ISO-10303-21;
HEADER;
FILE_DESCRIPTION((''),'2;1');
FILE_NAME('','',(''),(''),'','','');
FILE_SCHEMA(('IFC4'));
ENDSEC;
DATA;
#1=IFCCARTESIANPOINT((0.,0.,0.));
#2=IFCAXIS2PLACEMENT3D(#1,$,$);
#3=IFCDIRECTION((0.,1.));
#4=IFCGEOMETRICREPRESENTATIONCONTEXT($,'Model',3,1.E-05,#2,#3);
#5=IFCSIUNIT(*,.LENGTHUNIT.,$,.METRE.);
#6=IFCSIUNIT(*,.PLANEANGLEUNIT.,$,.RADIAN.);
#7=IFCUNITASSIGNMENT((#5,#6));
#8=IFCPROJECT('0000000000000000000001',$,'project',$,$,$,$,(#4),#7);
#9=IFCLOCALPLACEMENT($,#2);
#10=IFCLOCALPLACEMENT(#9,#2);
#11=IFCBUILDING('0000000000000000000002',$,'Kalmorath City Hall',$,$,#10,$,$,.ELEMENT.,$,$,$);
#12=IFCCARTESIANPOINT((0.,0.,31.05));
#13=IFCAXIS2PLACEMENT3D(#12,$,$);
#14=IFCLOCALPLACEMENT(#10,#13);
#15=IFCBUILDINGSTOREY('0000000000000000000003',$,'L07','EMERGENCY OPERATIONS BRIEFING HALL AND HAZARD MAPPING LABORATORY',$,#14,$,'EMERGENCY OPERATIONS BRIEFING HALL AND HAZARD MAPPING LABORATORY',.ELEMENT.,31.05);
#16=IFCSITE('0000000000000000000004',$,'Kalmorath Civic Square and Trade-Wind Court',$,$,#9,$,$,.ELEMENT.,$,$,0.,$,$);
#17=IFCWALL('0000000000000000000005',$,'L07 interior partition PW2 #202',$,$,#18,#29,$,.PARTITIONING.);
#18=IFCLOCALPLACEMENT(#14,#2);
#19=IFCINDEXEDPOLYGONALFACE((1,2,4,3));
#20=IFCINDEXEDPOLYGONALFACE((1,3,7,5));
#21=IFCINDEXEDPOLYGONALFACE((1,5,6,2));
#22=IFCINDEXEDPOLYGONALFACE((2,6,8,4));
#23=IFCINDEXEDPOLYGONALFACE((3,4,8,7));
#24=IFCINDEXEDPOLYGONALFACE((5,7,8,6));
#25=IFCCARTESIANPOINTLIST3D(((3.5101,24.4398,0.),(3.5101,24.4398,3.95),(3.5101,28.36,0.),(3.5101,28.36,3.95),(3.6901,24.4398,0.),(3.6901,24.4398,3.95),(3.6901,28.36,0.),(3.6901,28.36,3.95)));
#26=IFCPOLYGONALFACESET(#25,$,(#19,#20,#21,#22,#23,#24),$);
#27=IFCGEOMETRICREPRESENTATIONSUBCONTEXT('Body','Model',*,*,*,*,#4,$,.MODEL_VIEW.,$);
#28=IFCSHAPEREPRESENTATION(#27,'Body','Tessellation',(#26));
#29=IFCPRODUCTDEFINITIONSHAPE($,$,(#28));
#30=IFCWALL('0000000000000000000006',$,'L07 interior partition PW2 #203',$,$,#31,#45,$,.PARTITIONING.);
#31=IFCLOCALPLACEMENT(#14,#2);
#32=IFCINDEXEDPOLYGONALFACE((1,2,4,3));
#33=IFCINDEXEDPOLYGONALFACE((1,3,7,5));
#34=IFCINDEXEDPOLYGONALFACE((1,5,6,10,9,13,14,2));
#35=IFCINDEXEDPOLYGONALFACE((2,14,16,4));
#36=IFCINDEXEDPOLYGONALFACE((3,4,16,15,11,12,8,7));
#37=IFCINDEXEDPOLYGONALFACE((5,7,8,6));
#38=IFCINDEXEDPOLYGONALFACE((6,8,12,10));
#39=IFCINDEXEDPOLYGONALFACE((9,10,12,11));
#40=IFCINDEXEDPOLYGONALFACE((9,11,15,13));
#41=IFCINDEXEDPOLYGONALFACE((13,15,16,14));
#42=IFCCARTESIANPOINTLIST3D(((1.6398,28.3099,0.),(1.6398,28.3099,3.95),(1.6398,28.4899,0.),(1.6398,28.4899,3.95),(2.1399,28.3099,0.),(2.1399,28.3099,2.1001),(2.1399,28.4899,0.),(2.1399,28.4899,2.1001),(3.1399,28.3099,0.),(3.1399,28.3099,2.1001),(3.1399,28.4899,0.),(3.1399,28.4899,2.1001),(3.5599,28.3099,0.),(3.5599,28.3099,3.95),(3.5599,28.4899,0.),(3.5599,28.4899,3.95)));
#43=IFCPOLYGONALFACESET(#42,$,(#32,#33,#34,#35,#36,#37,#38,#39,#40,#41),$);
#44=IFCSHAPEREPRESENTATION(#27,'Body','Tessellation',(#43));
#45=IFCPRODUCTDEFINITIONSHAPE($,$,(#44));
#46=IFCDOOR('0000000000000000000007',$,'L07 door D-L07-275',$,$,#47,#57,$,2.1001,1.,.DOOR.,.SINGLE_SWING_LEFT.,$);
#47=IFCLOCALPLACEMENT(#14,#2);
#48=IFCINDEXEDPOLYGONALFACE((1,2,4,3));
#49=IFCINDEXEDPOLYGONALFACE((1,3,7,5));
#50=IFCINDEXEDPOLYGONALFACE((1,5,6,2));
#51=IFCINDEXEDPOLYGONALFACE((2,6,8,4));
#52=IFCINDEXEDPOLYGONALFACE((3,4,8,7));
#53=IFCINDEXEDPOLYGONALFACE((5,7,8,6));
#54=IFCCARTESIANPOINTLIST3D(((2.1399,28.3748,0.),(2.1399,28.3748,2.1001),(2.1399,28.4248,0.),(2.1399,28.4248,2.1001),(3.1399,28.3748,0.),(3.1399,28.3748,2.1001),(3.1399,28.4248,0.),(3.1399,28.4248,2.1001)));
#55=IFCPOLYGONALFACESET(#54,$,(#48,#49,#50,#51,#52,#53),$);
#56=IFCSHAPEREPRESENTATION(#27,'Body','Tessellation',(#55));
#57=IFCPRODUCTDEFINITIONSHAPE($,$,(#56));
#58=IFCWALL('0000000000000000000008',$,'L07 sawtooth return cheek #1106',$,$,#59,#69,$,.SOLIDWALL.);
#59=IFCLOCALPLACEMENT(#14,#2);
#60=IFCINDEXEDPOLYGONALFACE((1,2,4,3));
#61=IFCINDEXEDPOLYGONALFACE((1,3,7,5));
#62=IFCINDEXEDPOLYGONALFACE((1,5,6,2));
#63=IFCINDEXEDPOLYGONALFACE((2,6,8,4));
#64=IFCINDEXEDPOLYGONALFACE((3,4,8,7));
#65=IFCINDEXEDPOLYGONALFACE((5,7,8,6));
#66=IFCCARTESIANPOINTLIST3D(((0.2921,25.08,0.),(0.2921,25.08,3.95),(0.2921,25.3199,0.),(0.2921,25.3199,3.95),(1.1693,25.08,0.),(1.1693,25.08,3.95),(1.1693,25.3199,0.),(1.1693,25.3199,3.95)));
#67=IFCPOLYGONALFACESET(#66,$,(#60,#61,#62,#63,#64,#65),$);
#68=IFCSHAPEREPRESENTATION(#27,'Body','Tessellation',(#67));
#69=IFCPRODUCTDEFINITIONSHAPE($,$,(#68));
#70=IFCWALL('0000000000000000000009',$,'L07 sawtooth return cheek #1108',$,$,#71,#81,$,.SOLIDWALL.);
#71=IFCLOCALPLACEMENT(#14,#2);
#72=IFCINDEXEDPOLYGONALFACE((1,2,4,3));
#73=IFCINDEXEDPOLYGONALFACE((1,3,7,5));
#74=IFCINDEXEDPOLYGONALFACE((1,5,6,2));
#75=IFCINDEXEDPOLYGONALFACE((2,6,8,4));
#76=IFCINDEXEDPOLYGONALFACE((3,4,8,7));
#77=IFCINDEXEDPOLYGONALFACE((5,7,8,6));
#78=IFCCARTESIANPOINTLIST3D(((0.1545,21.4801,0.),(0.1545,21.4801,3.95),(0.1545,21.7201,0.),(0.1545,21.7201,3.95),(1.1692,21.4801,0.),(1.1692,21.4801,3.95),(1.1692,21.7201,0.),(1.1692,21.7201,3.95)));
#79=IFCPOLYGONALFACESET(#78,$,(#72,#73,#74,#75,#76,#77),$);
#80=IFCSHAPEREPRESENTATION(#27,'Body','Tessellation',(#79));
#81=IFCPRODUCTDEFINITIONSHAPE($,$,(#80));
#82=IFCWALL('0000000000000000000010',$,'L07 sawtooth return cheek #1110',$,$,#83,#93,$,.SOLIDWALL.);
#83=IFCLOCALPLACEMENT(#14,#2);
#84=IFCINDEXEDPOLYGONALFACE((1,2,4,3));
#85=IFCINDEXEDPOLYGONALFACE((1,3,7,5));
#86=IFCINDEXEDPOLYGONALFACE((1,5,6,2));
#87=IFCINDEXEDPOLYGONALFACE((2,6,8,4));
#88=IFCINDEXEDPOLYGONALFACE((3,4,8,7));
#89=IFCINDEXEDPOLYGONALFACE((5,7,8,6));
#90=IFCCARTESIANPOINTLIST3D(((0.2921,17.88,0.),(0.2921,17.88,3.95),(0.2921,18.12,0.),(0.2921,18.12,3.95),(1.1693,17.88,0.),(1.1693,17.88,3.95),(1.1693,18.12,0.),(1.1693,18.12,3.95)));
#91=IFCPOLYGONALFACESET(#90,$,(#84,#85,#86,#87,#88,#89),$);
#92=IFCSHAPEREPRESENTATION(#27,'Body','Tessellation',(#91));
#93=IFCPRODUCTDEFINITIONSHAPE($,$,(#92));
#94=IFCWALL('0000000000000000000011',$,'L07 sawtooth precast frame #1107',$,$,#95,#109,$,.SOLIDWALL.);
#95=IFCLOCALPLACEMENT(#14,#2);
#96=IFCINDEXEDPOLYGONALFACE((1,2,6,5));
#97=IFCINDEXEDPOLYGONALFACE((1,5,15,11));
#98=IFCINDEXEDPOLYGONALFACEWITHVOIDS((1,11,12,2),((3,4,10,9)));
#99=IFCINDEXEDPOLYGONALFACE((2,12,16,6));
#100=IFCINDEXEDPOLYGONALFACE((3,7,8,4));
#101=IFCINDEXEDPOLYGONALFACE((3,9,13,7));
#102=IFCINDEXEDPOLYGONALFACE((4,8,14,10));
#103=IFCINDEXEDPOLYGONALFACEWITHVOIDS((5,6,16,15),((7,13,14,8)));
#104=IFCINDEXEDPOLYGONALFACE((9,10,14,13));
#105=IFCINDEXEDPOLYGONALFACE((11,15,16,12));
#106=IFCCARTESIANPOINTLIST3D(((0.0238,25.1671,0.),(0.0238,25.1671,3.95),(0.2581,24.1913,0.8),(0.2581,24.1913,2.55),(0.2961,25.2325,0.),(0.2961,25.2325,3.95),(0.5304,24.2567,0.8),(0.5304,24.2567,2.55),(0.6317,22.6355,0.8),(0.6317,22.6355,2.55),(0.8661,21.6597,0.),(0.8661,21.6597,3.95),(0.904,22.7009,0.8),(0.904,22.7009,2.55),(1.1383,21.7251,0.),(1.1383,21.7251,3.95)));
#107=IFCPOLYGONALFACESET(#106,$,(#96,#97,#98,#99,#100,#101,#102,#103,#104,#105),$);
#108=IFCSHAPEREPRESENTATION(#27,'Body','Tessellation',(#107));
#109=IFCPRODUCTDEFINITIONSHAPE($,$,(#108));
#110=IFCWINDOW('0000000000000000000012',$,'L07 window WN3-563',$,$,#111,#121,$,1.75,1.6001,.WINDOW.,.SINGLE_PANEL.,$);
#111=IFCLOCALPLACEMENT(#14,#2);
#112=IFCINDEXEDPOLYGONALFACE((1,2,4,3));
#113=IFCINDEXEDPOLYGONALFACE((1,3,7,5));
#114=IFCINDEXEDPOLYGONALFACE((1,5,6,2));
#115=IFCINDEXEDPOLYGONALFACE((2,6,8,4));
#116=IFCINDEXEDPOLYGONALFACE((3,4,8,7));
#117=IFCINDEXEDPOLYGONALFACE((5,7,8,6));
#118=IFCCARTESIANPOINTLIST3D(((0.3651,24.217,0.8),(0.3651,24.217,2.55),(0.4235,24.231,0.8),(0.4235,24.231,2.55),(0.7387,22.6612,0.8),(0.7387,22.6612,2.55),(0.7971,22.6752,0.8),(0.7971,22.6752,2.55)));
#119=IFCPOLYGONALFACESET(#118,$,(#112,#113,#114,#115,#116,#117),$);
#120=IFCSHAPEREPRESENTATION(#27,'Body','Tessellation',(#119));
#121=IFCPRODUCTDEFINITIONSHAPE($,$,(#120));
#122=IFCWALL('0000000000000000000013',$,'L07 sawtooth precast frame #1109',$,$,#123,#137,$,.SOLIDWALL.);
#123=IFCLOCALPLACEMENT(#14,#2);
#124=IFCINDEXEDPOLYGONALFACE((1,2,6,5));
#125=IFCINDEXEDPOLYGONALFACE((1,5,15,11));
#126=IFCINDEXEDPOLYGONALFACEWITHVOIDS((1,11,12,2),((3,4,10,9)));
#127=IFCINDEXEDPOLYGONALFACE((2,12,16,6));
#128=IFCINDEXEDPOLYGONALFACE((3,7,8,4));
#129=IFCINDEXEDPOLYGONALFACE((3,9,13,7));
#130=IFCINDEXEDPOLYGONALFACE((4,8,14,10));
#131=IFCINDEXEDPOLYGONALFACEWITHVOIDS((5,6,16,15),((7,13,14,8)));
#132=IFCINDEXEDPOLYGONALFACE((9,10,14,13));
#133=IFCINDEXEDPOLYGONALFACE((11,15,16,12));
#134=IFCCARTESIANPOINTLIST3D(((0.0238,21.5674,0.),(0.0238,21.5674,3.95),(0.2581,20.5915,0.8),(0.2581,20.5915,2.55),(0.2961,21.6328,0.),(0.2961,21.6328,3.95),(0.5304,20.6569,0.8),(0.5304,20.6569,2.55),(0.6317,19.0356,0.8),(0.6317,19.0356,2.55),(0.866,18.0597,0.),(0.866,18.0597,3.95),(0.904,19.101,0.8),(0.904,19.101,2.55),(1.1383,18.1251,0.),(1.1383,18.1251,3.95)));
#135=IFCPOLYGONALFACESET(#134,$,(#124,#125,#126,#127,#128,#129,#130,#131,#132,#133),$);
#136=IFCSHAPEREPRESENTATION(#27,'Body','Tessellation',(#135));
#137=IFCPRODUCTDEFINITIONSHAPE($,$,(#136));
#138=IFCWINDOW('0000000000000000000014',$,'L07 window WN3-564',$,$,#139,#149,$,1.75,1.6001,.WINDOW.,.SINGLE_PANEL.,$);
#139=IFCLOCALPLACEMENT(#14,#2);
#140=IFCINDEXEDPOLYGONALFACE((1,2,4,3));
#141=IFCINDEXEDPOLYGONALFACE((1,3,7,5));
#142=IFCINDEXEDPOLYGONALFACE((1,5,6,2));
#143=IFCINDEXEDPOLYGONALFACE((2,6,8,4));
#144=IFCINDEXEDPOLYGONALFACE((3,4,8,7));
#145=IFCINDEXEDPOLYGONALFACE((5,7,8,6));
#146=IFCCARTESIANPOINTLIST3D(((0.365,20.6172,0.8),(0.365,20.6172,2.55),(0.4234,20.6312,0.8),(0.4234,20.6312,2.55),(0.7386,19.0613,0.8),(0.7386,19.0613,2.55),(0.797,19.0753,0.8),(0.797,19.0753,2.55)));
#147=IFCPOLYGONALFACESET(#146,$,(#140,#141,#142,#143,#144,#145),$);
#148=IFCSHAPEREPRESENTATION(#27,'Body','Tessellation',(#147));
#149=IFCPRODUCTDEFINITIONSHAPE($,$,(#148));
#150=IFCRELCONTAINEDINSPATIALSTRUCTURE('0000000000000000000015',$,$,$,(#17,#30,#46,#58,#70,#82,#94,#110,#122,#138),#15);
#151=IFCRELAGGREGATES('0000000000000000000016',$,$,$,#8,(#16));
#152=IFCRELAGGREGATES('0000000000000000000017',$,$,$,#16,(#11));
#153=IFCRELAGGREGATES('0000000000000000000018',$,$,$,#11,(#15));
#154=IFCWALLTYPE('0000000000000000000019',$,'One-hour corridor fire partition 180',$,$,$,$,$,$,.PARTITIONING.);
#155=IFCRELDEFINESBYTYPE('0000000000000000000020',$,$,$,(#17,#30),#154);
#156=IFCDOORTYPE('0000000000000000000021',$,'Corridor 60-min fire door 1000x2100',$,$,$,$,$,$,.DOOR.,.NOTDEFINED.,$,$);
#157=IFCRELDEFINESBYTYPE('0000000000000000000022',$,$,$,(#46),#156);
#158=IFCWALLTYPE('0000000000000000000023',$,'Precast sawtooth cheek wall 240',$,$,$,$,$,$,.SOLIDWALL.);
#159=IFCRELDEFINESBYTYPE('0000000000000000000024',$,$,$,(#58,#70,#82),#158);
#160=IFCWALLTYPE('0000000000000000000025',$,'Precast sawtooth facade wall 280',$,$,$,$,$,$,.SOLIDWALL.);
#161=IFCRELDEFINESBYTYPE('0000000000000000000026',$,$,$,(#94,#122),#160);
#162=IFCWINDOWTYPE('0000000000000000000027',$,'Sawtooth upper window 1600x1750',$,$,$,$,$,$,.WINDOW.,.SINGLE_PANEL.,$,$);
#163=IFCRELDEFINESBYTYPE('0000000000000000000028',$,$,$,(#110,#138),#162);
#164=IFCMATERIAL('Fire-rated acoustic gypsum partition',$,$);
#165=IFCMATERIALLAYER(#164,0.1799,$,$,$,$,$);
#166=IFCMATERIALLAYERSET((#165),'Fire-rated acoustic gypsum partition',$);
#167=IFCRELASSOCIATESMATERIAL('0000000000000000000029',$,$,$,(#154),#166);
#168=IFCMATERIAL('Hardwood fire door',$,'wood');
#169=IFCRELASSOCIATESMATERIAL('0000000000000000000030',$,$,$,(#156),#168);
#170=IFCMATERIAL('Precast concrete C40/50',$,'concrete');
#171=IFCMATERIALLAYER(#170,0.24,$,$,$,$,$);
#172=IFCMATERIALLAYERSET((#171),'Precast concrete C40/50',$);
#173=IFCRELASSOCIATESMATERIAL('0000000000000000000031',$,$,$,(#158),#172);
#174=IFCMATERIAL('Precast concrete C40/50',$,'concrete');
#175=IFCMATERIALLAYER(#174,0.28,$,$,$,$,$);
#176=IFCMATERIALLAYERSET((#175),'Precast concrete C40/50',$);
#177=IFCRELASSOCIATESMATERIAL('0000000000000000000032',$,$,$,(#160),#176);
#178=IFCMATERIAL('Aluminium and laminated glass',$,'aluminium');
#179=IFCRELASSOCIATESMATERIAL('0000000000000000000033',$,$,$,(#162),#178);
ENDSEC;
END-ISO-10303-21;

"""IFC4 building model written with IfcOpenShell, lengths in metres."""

from ifc_helpers import new_model, si_unit, direction, frame, frame_2d, origin, place, context, subcontext, project, spatial, rectangle, extrude, material, layer, layer_set, type_object, element, fill, save


model = new_model("IFC4")

# Units and contexts
model_context = context("Model", 3, precision=1e-05, world=origin(), true_north=direction((0.0, 1.0)))
body_context = subcontext(model_context, "Body", "Model", "MODEL_VIEW")
ifc_project = project(units=[si_unit("LENGTHUNIT", "METRE"), si_unit("PLANEANGLEUNIT", "RADIAN")], contexts=[model_context])

# Site, building, storey
site_placement = place(None, origin())
site = spatial("IfcSite", under=ifc_project, at=site_placement, Name="Kalmorath Civic Square and Trade-Wind Court", CompositionType="ELEMENT", RefElevation=0.0)
building_placement = place(site_placement, origin())
building = spatial("IfcBuilding", under=site, at=building_placement, Name="Kalmorath City Hall", CompositionType="ELEMENT")
storey_placement = place(building_placement, frame((0.0, 0.0, 31.05)))
storey = spatial("IfcBuildingStorey", under=building, at=storey_placement, Name="L07", Description="EMERGENCY OPERATIONS BRIEFING HALL AND HAZARD MAPPING LABORATORY", LongName="EMERGENCY OPERATIONS BRIEFING HALL AND HAZARD MAPPING LABORATORY", CompositionType="ELEMENT", Elevation=31.05)

# Wall
ifc_material_1 = material(Name="Fire-rated acoustic gypsum partition")
ifc_layer_1 = layer(ifc_material_1, 0.1799)
ifc_layer_set_1 = layer_set([ifc_layer_1], Name="Fire-rated acoustic gypsum partition")
wall_type_1 = type_object("IfcWallType", Name="One-hour corridor fire partition 180", PredefinedType="PARTITIONING", material=ifc_layer_set_1)
wall_1_placement = place(storey_placement, frame((3.6001, 24.4399, 0.0), z_axis=(0.0, 0.0, 1.0), x_axis=(0.0, 1.0, 0.0)))
element("IfcWall", 1, at=wall_1_placement, inside=storey, type_object=wall_type_1, Name="L07 interior partition PW2 #202", PredefinedType="PARTITIONING", context=body_context, shape_type="SweptSolid", body=[
    extrude(rectangle(XDim=3.9202, YDim=0.1799, at=frame_2d((1.96, 0.0))), origin(), (0.0, 0.0, 1.0), 3.95),
])

# Wall, opening, door
wall_2_placement = place(storey_placement, frame((1.6399, 28.3999, 0.0), z_axis=(0.0, 0.0, 1.0), x_axis=(1.0, 0.0, 0.0)))
wall_2 = element("IfcWall", 2, at=wall_2_placement, inside=storey, type_object=wall_type_1, Name="L07 interior partition PW2 #203", PredefinedType="PARTITIONING", context=body_context, shape_type="SweptSolid", body=[
    extrude(rectangle(XDim=1.9202, YDim=0.1799, at=frame_2d((0.96, 0.0))), origin(), (0.0, 0.0, 1.0), 3.95),
])
opening_1_placement = place(wall_2_placement, frame((0.5, 0.0, 0.0)))
opening_1 = element("IfcOpeningElement", 3, at=opening_1_placement, cuts=wall_2, PredefinedType="OPENING", context=body_context, shape_type="SweptSolid", body=[
    extrude(rectangle(XDim=1.0, YDim=2.1001, at=frame_2d((0.5, 1.05))), frame((0.0, 0.0999, 0.0), z_axis=(0.0, -1.0, 0.0), x_axis=(1.0, 0.0, 0.0)), (0.0, 0.0, 1.0), 0.2),
])
ifc_material_2 = material(Name="Hardwood fire door", Category="wood")
door_type = type_object("IfcDoorType", Name="Corridor 60-min fire door 1000x2100", OperationType="NOTDEFINED", PredefinedType="DOOR", material=ifc_material_2)
door_placement = place(opening_1_placement, origin())
door = element("IfcDoor", 4, at=door_placement, inside=storey, type_object=door_type, Name="L07 door D-L07-275", OperationType="SINGLE_SWING_LEFT", OverallHeight=2.1001, OverallWidth=1.0, PredefinedType="DOOR", context=body_context, shape_type="SweptSolid", body=[
    extrude(rectangle(XDim=1.0, YDim=2.1001, at=frame_2d((0.5, 1.05))), frame((0.0, 0.0249, 0.0), z_axis=(0.0, -1.0, 0.0), x_axis=(1.0, 0.0, 0.0)), (0.0, 0.0, 1.0), 0.05),
])
fill(opening_1, door)

# Walls
ifc_material_3 = material(Name="Precast concrete C40/50", Category="concrete")
ifc_layer_2 = layer(ifc_material_3, 0.24)
ifc_layer_set_2 = layer_set([ifc_layer_2], Name="Precast concrete C40/50")
wall_type_2 = type_object("IfcWallType", Name="Precast sawtooth cheek wall 240", PredefinedType="SOLIDWALL", material=ifc_layer_set_2)
wall_3_placement = place(storey_placement, frame((1.1692, 25.2, 0.0), z_axis=(0.0, 0.0, 1.0), x_axis=(-1.0, 0.0, 0.0)))
element("IfcWall", 5, at=wall_3_placement, inside=storey, type_object=wall_type_2, Name="L07 sawtooth return cheek #1106", PredefinedType="SOLIDWALL", context=body_context, shape_type="SweptSolid", body=[
    extrude(rectangle(XDim=0.8772, YDim=0.24, at=frame_2d((0.4385, 0.0))), origin(), (0.0, 0.0, 1.0), 3.95),
])
wall_4_placement = place(storey_placement, frame((1.1692, 21.6001, 0.0), z_axis=(0.0, 0.0, 1.0), x_axis=(-1.0, 0.0, 0.0)))
element("IfcWall", 6, at=wall_4_placement, inside=storey, type_object=wall_type_2, Name="L07 sawtooth return cheek #1108", PredefinedType="SOLIDWALL", context=body_context, shape_type="SweptSolid", body=[
    extrude(rectangle(XDim=1.0146, YDim=0.24, at=frame_2d((0.5073, 0.0))), origin(), (0.0, 0.0, 1.0), 3.95),
])
wall_5_placement = place(storey_placement, frame((1.1692, 18.0, 0.0), z_axis=(0.0, 0.0, 1.0), x_axis=(-1.0, 0.0, 0.0)))
element("IfcWall", 7, at=wall_5_placement, inside=storey, type_object=wall_type_2, Name="L07 sawtooth return cheek #1110", PredefinedType="SOLIDWALL", context=body_context, shape_type="SweptSolid", body=[
    extrude(rectangle(XDim=0.8772, YDim=0.24, at=frame_2d((0.4385, 0.0))), origin(), (0.0, 0.0, 1.0), 3.95),
])

# Walls, openings, windows
ifc_material_4 = material(Name="Precast concrete C40/50", Category="concrete")
ifc_layer_3 = layer(ifc_material_4, 0.28)
ifc_layer_set_3 = layer_set([ifc_layer_3], Name="Precast concrete C40/50")
wall_type_3 = type_object("IfcWallType", Name="Precast sawtooth facade wall 280", PredefinedType="SOLIDWALL", material=ifc_layer_set_3)
wall_6_placement = place(storey_placement, frame((0.1599, 25.2, 0.0), z_axis=(0.0, 0.0, 1.0), x_axis=(0.233496, -0.972358, 0.0)))
wall_6 = element("IfcWall", 8, at=wall_6_placement, inside=storey, type_object=wall_type_3, Name="L07 sawtooth precast frame #1107", PredefinedType="SOLIDWALL", context=body_context, shape_type="SweptSolid", body=[
    extrude(rectangle(XDim=3.6072, YDim=0.28, at=frame_2d((1.8037, 0.0))), origin(), (0.0, 0.0, 1.0), 3.95),
])
opening_2_placement = place(wall_6_placement, frame((1.0037, 0.0, 0.8)))
opening_2 = element("IfcOpeningElement", 9, at=opening_2_placement, cuts=wall_6, PredefinedType="OPENING", context=body_context, shape_type="SweptSolid", body=[
    extrude(rectangle(XDim=1.6001, YDim=1.75, at=frame_2d((0.8, 0.875))), frame((0.0, 0.1499, 0.0), z_axis=(0.0, -1.0, 0.0), x_axis=(1.0, 0.0, 0.0)), (0.0, 0.0, 1.0), 0.3),
])
ifc_material_5 = material(Name="Aluminium and laminated glass", Category="aluminium")
window_type = type_object("IfcWindowType", Name="Sawtooth upper window 1600x1750", PartitioningType="SINGLE_PANEL", PredefinedType="WINDOW", material=ifc_material_5)
window_1_placement = place(opening_2_placement, origin())
window_1 = element("IfcWindow", 10, at=window_1_placement, inside=storey, type_object=window_type, Name="L07 window WN3-563", OverallHeight=1.75, OverallWidth=1.6001, PartitioningType="SINGLE_PANEL", PredefinedType="WINDOW", context=body_context, shape_type="SweptSolid", body=[
    extrude(rectangle(XDim=1.6001, YDim=1.75, at=frame_2d((0.8, 0.875))), frame((0.0, 0.03, 0.0), z_axis=(0.0, -1.0, 0.0), x_axis=(1.0, 0.0, 0.0)), (0.0, 0.0, 1.0), 0.0601),
])
fill(opening_2, window_1)
wall_7_placement = place(storey_placement, frame((0.1599, 21.6001, 0.0), z_axis=(0.0, 0.0, 1.0), x_axis=(0.23348, -0.972361, 0.0)))
wall_7 = element("IfcWall", 11, at=wall_7_placement, inside=storey, type_object=wall_type_3, Name="L07 sawtooth precast frame #1109", PredefinedType="SOLIDWALL", context=body_context, shape_type="SweptSolid", body=[
    extrude(rectangle(XDim=3.6074, YDim=0.28, at=frame_2d((1.8037, 0.0))), origin(), (0.0, 0.0, 1.0), 3.95),
])
opening_3_placement = place(wall_7_placement, frame((1.0037, 0.0, 0.8)))
opening_3 = element("IfcOpeningElement", 12, at=opening_3_placement, cuts=wall_7, PredefinedType="OPENING", context=body_context, shape_type="SweptSolid", body=[
    extrude(rectangle(XDim=1.6001, YDim=1.75, at=frame_2d((0.8, 0.875))), frame((0.0, 0.1499, 0.0), z_axis=(0.0, -1.0, 0.0), x_axis=(1.0, 0.0, 0.0)), (0.0, 0.0, 1.0), 0.3),
])
window_2_placement = place(opening_3_placement, origin())
window_2 = element("IfcWindow", 13, at=window_2_placement, inside=storey, type_object=window_type, Name="L07 window WN3-564", OverallHeight=1.75, OverallWidth=1.6001, PartitioningType="SINGLE_PANEL", PredefinedType="WINDOW", context=body_context, shape_type="SweptSolid", body=[
    extrude(rectangle(XDim=1.6001, YDim=1.75, at=frame_2d((0.8, 0.875))), frame((0.0, 0.03, 0.0), z_axis=(0.0, -1.0, 0.0), x_axis=(1.0, 0.0, 0.0)), (0.0, 0.0, 1.0), 0.0601),
])
fill(opening_3, window_2)

save(model, "model.ifc")
